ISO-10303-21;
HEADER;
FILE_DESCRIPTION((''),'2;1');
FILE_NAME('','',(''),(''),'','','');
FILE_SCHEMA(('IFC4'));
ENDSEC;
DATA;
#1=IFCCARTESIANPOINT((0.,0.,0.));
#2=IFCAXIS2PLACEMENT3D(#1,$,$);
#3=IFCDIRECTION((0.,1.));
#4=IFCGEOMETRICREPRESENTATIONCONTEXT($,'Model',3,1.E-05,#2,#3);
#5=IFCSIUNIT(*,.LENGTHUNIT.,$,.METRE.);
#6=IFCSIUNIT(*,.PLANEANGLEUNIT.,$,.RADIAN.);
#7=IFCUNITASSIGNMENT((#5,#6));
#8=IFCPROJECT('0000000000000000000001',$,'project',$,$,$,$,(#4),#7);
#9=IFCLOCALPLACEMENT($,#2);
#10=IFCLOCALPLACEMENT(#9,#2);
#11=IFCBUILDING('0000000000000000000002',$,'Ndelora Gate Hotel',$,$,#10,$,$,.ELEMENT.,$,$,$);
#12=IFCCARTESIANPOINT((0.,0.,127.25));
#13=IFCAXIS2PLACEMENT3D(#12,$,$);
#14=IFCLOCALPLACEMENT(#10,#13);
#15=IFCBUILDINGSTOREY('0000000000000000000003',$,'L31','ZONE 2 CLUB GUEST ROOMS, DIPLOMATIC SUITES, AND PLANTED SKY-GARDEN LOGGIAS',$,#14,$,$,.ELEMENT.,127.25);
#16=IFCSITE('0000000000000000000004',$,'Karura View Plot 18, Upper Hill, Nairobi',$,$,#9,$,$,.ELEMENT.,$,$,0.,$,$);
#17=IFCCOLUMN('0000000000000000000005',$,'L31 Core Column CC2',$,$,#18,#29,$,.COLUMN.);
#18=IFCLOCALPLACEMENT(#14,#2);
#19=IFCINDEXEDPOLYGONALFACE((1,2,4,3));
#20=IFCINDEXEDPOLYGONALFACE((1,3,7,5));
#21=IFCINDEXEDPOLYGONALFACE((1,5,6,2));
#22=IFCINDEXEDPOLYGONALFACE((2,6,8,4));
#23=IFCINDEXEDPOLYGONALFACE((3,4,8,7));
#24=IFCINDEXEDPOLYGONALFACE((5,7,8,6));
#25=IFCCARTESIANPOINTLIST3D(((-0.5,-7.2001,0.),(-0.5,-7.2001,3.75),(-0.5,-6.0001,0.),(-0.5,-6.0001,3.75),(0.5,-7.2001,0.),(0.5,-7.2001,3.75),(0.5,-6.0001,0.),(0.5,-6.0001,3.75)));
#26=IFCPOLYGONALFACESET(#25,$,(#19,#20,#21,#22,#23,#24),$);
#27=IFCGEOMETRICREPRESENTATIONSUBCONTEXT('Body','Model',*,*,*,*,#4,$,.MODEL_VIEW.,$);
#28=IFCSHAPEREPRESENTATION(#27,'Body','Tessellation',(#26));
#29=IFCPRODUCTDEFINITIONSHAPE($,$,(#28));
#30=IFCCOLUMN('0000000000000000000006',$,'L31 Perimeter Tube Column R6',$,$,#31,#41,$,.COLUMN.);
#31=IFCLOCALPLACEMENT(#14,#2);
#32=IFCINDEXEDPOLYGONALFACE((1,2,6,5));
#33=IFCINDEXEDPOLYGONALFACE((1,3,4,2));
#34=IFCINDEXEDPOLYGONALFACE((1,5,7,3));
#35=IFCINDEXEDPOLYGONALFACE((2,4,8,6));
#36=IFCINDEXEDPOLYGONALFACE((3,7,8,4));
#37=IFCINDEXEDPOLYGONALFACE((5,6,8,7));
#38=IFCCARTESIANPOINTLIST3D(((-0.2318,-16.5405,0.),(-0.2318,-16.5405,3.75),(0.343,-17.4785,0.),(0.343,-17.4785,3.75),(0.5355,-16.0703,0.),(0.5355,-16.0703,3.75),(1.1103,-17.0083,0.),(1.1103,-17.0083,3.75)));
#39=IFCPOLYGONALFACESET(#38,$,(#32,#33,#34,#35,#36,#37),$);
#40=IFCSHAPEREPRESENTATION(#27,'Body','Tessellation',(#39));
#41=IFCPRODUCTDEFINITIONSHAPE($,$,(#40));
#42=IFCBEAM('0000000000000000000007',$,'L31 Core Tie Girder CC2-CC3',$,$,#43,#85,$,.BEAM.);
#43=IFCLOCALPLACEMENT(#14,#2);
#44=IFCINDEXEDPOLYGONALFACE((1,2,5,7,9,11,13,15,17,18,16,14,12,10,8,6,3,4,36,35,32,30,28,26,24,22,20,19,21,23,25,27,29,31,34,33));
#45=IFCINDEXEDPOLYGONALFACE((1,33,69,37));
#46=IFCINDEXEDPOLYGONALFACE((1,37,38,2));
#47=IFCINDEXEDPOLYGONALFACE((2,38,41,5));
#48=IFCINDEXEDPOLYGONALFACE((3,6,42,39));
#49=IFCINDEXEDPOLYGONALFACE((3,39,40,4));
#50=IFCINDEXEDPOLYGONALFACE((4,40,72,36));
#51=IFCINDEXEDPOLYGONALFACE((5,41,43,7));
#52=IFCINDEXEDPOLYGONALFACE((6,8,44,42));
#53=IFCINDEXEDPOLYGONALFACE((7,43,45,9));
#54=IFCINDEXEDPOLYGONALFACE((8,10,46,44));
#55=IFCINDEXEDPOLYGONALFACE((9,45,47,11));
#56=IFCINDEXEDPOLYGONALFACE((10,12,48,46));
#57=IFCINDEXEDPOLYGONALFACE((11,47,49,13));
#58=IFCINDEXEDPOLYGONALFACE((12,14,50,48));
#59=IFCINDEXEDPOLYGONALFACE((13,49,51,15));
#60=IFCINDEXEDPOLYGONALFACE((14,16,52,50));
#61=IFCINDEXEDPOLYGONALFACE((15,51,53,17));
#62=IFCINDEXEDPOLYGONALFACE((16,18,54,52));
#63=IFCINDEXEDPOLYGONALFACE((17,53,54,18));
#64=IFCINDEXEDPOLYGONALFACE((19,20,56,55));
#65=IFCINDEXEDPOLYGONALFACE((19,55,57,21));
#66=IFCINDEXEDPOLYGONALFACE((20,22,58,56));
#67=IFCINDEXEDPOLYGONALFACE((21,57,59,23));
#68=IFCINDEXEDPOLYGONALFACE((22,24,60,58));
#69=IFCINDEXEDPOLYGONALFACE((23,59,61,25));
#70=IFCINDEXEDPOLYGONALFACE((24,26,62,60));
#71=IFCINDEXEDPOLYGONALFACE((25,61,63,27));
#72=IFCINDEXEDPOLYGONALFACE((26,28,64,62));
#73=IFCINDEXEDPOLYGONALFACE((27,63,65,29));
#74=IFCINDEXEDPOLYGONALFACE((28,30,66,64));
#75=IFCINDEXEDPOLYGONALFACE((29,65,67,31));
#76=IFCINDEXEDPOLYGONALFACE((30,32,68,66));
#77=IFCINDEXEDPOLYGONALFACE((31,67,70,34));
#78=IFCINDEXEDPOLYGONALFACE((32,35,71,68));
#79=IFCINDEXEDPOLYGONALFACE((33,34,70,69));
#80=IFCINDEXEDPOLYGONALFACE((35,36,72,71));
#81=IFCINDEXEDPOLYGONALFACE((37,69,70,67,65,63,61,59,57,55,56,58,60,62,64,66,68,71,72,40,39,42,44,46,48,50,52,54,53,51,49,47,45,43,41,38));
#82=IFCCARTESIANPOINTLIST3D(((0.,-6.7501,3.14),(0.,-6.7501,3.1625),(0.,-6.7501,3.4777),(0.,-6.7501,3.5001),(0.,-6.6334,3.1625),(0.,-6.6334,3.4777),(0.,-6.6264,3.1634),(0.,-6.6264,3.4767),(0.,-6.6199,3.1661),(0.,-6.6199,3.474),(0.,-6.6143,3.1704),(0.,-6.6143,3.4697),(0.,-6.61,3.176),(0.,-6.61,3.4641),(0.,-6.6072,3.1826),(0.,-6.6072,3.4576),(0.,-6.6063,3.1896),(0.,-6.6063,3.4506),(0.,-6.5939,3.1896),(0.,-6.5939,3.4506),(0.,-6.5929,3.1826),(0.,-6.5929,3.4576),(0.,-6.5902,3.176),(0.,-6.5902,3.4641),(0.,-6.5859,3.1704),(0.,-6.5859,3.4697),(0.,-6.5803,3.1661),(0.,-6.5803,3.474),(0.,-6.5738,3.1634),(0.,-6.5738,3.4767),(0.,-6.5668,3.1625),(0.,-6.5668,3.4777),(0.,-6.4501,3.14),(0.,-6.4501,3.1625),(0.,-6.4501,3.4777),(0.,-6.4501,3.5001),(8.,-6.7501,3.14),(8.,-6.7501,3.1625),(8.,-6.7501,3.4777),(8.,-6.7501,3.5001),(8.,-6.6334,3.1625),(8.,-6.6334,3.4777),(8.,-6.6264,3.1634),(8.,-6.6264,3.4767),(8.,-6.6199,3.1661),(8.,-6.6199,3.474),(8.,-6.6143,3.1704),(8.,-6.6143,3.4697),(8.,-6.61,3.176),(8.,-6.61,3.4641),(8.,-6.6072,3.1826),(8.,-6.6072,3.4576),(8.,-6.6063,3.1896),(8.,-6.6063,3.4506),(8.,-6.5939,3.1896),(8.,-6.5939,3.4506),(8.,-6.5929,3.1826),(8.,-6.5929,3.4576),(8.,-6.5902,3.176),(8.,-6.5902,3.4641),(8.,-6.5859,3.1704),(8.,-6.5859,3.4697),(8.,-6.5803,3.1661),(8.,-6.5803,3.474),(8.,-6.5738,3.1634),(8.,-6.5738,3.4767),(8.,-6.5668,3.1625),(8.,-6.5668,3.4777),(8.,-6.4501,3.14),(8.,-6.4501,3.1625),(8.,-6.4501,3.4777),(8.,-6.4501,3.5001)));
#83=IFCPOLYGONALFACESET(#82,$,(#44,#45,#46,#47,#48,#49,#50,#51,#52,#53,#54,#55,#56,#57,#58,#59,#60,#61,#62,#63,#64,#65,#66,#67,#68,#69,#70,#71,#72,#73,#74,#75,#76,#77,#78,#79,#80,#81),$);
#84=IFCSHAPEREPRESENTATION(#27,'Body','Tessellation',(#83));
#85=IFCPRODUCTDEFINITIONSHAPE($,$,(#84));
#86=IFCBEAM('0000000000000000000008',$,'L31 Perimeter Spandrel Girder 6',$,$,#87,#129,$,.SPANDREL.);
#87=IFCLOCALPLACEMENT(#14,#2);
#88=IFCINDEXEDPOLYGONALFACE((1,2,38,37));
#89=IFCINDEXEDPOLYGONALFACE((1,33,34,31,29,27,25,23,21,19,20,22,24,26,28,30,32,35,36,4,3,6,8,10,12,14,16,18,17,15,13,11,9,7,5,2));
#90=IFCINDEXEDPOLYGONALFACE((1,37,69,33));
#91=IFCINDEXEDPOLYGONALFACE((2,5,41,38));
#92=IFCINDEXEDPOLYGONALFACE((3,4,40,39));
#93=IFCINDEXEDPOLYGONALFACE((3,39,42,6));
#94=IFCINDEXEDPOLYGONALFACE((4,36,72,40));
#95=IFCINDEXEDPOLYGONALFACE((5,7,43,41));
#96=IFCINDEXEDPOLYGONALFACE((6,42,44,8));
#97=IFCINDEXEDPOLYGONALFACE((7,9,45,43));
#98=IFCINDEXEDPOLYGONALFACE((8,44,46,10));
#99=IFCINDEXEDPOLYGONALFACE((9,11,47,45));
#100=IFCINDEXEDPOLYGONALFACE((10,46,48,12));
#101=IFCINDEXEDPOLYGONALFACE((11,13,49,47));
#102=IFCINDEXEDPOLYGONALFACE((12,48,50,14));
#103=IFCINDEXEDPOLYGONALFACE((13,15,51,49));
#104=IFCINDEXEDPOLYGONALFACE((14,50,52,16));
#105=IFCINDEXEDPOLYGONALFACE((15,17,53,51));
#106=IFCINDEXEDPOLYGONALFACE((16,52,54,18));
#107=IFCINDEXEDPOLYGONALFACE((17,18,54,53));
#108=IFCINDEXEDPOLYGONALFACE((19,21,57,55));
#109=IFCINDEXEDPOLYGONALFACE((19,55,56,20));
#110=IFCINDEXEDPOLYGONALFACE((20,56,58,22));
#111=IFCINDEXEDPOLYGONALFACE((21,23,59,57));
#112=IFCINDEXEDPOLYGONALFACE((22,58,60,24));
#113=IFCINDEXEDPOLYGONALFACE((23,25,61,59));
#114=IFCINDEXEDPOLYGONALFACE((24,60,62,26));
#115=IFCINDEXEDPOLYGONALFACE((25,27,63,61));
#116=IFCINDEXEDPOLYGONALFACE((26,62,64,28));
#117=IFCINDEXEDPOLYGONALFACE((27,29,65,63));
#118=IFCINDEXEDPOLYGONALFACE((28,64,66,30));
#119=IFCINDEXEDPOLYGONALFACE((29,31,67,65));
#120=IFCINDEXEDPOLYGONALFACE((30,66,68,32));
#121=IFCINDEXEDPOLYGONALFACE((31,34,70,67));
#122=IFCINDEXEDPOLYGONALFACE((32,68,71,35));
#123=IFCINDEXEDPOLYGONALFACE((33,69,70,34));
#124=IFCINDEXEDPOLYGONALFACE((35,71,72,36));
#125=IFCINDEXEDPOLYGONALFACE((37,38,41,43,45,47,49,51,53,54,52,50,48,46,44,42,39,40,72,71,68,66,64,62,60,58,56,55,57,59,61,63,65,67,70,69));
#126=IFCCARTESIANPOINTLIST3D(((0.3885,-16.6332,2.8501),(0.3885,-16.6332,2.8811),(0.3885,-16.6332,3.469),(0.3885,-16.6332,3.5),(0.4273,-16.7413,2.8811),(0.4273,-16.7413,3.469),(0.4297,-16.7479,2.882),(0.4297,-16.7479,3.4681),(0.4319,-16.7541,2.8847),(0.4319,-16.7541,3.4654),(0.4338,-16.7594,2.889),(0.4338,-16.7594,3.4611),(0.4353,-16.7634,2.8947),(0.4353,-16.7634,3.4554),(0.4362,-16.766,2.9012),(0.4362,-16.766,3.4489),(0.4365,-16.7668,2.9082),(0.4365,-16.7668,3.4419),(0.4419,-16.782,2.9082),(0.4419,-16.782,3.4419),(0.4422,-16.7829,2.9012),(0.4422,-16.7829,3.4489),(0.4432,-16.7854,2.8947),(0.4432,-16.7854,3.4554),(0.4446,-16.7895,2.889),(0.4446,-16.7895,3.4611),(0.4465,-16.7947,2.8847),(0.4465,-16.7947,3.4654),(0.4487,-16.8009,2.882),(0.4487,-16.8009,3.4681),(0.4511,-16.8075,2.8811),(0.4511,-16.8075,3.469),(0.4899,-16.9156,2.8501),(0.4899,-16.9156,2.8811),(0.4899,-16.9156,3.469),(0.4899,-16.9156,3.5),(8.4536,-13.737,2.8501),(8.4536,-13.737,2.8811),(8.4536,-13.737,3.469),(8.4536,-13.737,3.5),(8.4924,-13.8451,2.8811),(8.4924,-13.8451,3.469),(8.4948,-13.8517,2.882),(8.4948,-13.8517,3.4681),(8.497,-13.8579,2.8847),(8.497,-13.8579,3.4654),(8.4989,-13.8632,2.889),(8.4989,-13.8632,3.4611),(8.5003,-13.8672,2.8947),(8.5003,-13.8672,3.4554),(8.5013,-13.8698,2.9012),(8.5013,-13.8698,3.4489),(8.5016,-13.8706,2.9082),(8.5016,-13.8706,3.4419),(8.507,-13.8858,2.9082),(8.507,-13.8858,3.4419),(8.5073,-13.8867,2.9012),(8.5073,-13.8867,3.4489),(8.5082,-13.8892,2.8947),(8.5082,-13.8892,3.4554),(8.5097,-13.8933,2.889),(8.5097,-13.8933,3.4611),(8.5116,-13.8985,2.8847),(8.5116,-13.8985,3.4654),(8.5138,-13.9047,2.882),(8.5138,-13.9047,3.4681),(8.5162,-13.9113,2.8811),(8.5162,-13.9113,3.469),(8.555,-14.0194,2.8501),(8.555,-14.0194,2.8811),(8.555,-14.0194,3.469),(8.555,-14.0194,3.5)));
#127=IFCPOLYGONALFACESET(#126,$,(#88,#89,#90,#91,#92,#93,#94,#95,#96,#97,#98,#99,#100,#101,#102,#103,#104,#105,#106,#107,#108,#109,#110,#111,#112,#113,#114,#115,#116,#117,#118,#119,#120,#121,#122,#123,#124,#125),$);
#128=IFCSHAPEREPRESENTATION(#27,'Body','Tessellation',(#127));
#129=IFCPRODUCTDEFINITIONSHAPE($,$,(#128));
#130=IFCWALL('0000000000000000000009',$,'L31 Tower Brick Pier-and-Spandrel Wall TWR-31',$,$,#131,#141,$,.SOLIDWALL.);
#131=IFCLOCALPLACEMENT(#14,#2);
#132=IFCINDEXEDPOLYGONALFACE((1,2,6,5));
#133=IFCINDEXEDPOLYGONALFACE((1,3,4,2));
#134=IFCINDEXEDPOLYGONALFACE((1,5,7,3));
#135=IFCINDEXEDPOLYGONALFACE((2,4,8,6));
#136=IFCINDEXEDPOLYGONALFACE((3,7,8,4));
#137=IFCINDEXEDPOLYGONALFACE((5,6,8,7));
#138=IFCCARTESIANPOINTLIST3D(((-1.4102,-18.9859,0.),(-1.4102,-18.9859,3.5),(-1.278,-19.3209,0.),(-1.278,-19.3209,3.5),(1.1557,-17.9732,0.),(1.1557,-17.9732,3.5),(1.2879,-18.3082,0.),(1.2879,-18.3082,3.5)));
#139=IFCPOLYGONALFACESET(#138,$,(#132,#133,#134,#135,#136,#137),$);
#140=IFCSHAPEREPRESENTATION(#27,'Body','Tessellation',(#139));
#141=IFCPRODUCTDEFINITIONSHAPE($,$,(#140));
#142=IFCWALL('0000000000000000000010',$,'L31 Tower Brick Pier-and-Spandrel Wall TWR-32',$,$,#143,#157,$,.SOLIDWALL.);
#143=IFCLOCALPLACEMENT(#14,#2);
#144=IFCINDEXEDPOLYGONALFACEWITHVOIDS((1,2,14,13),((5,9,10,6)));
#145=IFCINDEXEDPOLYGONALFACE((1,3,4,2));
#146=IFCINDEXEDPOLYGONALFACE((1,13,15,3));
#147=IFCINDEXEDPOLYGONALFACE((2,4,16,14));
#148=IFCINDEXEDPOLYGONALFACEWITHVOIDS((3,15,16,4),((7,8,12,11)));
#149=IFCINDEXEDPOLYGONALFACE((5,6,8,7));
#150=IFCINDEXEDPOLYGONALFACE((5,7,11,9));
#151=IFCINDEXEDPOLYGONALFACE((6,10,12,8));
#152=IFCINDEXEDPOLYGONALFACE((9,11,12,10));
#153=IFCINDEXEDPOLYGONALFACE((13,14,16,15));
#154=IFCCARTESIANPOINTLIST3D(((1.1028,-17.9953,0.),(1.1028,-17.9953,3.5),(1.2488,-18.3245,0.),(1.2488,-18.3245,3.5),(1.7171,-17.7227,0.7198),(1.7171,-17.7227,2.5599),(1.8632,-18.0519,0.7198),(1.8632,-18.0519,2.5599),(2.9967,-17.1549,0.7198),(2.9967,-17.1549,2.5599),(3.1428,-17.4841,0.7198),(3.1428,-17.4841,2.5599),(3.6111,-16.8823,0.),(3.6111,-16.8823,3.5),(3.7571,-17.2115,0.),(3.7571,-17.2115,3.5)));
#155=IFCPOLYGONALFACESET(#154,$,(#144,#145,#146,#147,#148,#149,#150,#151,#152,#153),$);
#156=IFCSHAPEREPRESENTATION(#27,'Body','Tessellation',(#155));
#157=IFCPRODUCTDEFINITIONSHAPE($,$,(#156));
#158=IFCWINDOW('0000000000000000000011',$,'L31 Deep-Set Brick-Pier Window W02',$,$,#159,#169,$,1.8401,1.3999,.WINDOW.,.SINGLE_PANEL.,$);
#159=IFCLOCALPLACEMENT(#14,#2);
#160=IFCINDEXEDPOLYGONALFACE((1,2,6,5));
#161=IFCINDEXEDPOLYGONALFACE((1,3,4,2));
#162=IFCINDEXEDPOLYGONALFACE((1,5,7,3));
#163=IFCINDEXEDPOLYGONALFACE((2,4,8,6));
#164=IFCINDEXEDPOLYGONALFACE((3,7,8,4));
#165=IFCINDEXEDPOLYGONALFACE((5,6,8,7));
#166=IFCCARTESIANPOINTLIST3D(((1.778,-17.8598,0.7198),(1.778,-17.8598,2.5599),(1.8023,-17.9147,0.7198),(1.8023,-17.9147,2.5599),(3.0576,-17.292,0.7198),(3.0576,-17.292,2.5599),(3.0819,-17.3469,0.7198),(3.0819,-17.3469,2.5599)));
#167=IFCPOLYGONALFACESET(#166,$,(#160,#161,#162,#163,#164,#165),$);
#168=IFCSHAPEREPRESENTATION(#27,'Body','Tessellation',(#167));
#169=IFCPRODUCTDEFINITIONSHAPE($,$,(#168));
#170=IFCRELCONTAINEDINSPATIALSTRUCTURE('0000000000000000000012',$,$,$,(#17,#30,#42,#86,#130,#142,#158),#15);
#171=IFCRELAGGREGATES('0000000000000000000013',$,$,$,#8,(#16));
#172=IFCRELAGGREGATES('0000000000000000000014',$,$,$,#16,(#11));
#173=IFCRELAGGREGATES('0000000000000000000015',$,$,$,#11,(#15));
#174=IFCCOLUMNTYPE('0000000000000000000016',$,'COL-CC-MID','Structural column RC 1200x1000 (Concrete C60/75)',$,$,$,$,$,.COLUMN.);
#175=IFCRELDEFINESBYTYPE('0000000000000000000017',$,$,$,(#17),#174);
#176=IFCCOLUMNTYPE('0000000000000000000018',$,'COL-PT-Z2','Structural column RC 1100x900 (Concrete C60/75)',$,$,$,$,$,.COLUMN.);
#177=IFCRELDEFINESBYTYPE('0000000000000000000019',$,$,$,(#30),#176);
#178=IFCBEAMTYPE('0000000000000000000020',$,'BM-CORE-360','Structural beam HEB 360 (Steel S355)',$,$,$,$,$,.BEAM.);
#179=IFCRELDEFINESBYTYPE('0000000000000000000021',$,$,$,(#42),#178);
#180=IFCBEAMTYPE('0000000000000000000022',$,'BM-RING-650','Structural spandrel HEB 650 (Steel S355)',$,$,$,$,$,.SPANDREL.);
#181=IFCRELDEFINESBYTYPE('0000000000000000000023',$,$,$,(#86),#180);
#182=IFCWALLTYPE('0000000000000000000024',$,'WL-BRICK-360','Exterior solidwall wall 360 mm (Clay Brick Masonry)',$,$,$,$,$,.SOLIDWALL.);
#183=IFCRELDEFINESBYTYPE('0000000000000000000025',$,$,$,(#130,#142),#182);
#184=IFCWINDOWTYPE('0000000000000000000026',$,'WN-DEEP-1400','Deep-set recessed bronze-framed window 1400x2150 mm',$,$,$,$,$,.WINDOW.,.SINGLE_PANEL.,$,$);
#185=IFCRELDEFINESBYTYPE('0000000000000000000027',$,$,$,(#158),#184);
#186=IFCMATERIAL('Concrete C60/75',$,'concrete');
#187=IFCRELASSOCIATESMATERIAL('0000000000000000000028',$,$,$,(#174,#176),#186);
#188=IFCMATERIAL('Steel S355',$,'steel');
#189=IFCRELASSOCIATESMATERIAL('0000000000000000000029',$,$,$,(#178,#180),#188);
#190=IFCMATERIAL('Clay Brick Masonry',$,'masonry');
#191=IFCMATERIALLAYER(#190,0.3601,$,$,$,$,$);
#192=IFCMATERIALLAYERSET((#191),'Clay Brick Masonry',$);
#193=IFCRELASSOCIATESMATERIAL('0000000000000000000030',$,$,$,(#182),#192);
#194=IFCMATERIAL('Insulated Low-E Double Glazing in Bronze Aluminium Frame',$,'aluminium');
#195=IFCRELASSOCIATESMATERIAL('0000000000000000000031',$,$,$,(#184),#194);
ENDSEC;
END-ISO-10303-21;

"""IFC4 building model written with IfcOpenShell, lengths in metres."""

from ifc_helpers import new_model, si_unit, direction, frame, frame_2d, origin, origin_2d, place, context, subcontext, project, spatial, rectangle, i_section, extrude, material, layer, layer_set, material_profile, profile_set, type_object, element, fill, save


model = new_model("IFC4")

# Units and contexts
model_context = context("Model", 3, precision=1e-05, world=origin(), true_north=direction((0.0, 1.0)))
body_context = subcontext(model_context, "Body", "Model", "MODEL_VIEW")
ifc_project = project(units=[si_unit("LENGTHUNIT", "METRE"), si_unit("PLANEANGLEUNIT", "RADIAN")], contexts=[model_context])

# Site, building, storey
site_placement = place(None, origin())
site = spatial("IfcSite", under=ifc_project, at=site_placement, Name="Karura View Plot 18, Upper Hill, Nairobi", CompositionType="ELEMENT", RefElevation=0.0)
building_placement = place(site_placement, origin())
building = spatial("IfcBuilding", under=site, at=building_placement, Name="Ndelora Gate Hotel", CompositionType="ELEMENT")
storey_placement = place(building_placement, frame((0.0, 0.0, 127.25)))
storey = spatial("IfcBuildingStorey", under=building, at=storey_placement, Name="L31", Description="ZONE 2 CLUB GUEST ROOMS, DIPLOMATIC SUITES, AND PLANTED SKY-GARDEN LOGGIAS", CompositionType="ELEMENT", Elevation=127.25)

# Columns
ifc_material_1 = material(Name="Concrete C60/75", Category="concrete")
ifc_material_profile_1 = material_profile(ifc_material_1, rectangle(XDim=1.0, YDim=1.2, at=origin_2d()), Name="RC 1200x1000")
ifc_profile_set_1 = profile_set([ifc_material_profile_1], Name="Concrete C60/75")
column_type_1 = type_object("IfcColumnType", Name="COL-CC-MID", Description="Structural column RC 1200x1000 (Concrete C60/75)", PredefinedType="COLUMN", material=ifc_profile_set_1)
column_1_placement = place(storey_placement, frame((0.0, -6.6001, 0.0), z_axis=(0.0, 0.0, 1.0), x_axis=(1.0, 0.0, 0.0)))
element("IfcColumn", 1, at=column_1_placement, inside=storey, type_object=column_type_1, Name="L31 Core Column CC2", PredefinedType="COLUMN", context=body_context, shape_type="SweptSolid", body=[
    extrude(rectangle(XDim=1.0, YDim=1.2, at=origin_2d()), origin(), (0.0, 0.0, 1.0), 3.75),
])
ifc_material_profile_2 = material_profile(ifc_material_1, rectangle(XDim=0.8999, YDim=1.1001, at=origin_2d()), Name="RC 1100x900")
ifc_profile_set_2 = profile_set([ifc_material_profile_2], Name="Concrete C60/75")
column_type_2 = type_object("IfcColumnType", Name="COL-PT-Z2", Description="Structural column RC 1100x900 (Concrete C60/75)", PredefinedType="COLUMN", material=ifc_profile_set_2)
column_2_placement = place(storey_placement, frame((0.4392, -16.7744, 0.0), z_axis=(0.0, 0.0, 1.0), x_axis=(0.85264, 0.522499, 0.0)))
element("IfcColumn", 2, at=column_2_placement, inside=storey, type_object=column_type_2, Name="L31 Perimeter Tube Column R6", PredefinedType="COLUMN", context=body_context, shape_type="SweptSolid", body=[
    extrude(rectangle(XDim=0.8999, YDim=1.1001, at=origin_2d()), origin(), (0.0, 0.0, 1.0), 3.75),
])

# Beams
ifc_material_2 = material(Name="Steel S355", Category="steel")
ifc_material_profile_3 = material_profile(ifc_material_2, i_section(OverallWidth=0.3, OverallDepth=0.3601, WebThickness=0.0125, FlangeThickness=0.0225, FilletRadius=0.0271, at=origin_2d()), Name="HEB 360")
ifc_profile_set_3 = profile_set([ifc_material_profile_3], Name="Steel S355")
beam_type_1 = type_object("IfcBeamType", Name="BM-CORE-360", Description="Structural beam HEB 360 (Steel S355)", PredefinedType="BEAM", material=ifc_profile_set_3)
beam_1_placement = place(storey_placement, frame((0.0, -6.6001, 3.3201), z_axis=(1.0, 0.0, 0.0), x_axis=(0.0, 1.0, 0.0)))
element("IfcBeam", 3, at=beam_1_placement, inside=storey, type_object=beam_type_1, Name="L31 Core Tie Girder CC2-CC3", PredefinedType="BEAM", context=body_context, shape_type="SweptSolid", body=[
    extrude(i_section(OverallWidth=0.3, OverallDepth=0.3601, WebThickness=0.0125, FlangeThickness=0.0225, FilletRadius=0.0271, at=origin_2d()), origin(), (0.0, 0.0, 1.0), 8.0),
])
ifc_material_profile_4 = material_profile(ifc_material_2, i_section(OverallWidth=0.3, OverallDepth=0.6499, WebThickness=0.0161, FlangeThickness=0.031, FilletRadius=0.0271, at=origin_2d()), Name="HEB 650")
ifc_profile_set_4 = profile_set([ifc_material_profile_4], Name="Steel S355")
beam_type_2 = type_object("IfcBeamType", Name="BM-RING-650", Description="Structural spandrel HEB 650 (Steel S355)", PredefinedType="SPANDREL", material=ifc_profile_set_4)
beam_2_placement = place(storey_placement, frame((0.4392, -16.7744, 3.175), z_axis=(0.941156, 0.337973, 0.0), x_axis=(-0.337973, 0.941156, 0.0)))
element("IfcBeam", 4, at=beam_2_placement, inside=storey, type_object=beam_type_2, Name="L31 Perimeter Spandrel Girder 6", PredefinedType="SPANDREL", context=body_context, shape_type="SweptSolid", body=[
    extrude(i_section(OverallWidth=0.3, OverallDepth=0.6499, WebThickness=0.0161, FlangeThickness=0.031, FilletRadius=0.0271, at=origin_2d()), origin(), (0.0, 0.0, 1.0), 8.5693),
])

# Wall
ifc_material_3 = material(Name="Clay Brick Masonry", Category="masonry")
ifc_layer_1 = layer(ifc_material_3, 0.3601)
ifc_layer_set_1 = layer_set([ifc_layer_1], Name="Clay Brick Masonry")
wall_type_1 = type_object("IfcWallType", Name="WL-BRICK-360", Description="Exterior solidwall wall 360 mm (Clay Brick Masonry)", PredefinedType="SOLIDWALL", material=ifc_layer_set_1)
wall_1_placement = place(storey_placement, frame((1.2219, -18.1406, 0.0), z_axis=(0.0, 0.0, 1.0), x_axis=(-0.930176, -0.367114, 0.0)))
element("IfcWall", 5, at=wall_1_placement, inside=storey, type_object=wall_type_1, Name="L31 Tower Brick Pier-and-Spandrel Wall TWR-31", PredefinedType="SOLIDWALL", context=body_context, shape_type="SweptSolid", body=[
    extrude(rectangle(XDim=2.7585, YDim=0.3601, at=frame_2d((1.3794, 0.0))), origin(), (0.0, 0.0, 1.0), 3.5),
])

# Wall, opening, window
wall_2_placement = place(storey_placement, frame((3.6841, -17.0469, 0.0), z_axis=(0.0, 0.0, 1.0), x_axis=(-0.91405, -0.405602, 0.0)))
wall_2 = element("IfcWall", 6, at=wall_2_placement, inside=storey, type_object=wall_type_1, Name="L31 Tower Brick Pier-and-Spandrel Wall TWR-32", PredefinedType="SOLIDWALL", context=body_context, shape_type="SweptSolid", body=[
    extrude(rectangle(XDim=2.7441, YDim=0.3601, at=frame_2d((1.3721, 0.0))), origin(), (0.0, 0.0, 1.0), 3.5),
])
opening_1_placement = place(wall_2_placement, frame((0.6721, 0.0, 0.72)))
opening_1 = element("IfcOpeningElement", 7, at=opening_1_placement, cuts=wall_2, PredefinedType="OPENING", context=body_context, shape_type="SweptSolid", body=[
    extrude(rectangle(XDim=1.3999, YDim=1.8401, at=frame_2d((0.7, 0.9199))), frame((0.0, 0.1899, 0.0), z_axis=(0.0, -1.0, 0.0), x_axis=(1.0, 0.0, 0.0)), (0.0, 0.0, 1.0), 0.3801),
])
ifc_material_4 = material(Name="Insulated Low-E Double Glazing in Bronze Aluminium Frame", Category="aluminium")
window_type = type_object("IfcWindowType", Name="WN-DEEP-1400", Description="Deep-set recessed bronze-framed window 1400x2150 mm", PartitioningType="SINGLE_PANEL", PredefinedType="WINDOW", material=ifc_material_4)
window_1_placement = place(opening_1_placement, origin())
window_1 = element("IfcWindow", 8, at=window_1_placement, inside=storey, type_object=window_type, Name="L31 Deep-Set Brick-Pier Window W02", OverallHeight=1.8401, OverallWidth=1.3999, PartitioningType="SINGLE_PANEL", PredefinedType="WINDOW", context=body_context, shape_type="SweptSolid", body=[
    extrude(rectangle(XDim=1.3999, YDim=1.8401, at=frame_2d((0.7, 0.9199))), frame((0.0, 0.03, 0.0), z_axis=(0.0, -1.0, 0.0), x_axis=(1.0, 0.0, 0.0)), (0.0, 0.0, 1.0), 0.0601),
])
fill(opening_1, window_1)

save(model, "model.ifc")
